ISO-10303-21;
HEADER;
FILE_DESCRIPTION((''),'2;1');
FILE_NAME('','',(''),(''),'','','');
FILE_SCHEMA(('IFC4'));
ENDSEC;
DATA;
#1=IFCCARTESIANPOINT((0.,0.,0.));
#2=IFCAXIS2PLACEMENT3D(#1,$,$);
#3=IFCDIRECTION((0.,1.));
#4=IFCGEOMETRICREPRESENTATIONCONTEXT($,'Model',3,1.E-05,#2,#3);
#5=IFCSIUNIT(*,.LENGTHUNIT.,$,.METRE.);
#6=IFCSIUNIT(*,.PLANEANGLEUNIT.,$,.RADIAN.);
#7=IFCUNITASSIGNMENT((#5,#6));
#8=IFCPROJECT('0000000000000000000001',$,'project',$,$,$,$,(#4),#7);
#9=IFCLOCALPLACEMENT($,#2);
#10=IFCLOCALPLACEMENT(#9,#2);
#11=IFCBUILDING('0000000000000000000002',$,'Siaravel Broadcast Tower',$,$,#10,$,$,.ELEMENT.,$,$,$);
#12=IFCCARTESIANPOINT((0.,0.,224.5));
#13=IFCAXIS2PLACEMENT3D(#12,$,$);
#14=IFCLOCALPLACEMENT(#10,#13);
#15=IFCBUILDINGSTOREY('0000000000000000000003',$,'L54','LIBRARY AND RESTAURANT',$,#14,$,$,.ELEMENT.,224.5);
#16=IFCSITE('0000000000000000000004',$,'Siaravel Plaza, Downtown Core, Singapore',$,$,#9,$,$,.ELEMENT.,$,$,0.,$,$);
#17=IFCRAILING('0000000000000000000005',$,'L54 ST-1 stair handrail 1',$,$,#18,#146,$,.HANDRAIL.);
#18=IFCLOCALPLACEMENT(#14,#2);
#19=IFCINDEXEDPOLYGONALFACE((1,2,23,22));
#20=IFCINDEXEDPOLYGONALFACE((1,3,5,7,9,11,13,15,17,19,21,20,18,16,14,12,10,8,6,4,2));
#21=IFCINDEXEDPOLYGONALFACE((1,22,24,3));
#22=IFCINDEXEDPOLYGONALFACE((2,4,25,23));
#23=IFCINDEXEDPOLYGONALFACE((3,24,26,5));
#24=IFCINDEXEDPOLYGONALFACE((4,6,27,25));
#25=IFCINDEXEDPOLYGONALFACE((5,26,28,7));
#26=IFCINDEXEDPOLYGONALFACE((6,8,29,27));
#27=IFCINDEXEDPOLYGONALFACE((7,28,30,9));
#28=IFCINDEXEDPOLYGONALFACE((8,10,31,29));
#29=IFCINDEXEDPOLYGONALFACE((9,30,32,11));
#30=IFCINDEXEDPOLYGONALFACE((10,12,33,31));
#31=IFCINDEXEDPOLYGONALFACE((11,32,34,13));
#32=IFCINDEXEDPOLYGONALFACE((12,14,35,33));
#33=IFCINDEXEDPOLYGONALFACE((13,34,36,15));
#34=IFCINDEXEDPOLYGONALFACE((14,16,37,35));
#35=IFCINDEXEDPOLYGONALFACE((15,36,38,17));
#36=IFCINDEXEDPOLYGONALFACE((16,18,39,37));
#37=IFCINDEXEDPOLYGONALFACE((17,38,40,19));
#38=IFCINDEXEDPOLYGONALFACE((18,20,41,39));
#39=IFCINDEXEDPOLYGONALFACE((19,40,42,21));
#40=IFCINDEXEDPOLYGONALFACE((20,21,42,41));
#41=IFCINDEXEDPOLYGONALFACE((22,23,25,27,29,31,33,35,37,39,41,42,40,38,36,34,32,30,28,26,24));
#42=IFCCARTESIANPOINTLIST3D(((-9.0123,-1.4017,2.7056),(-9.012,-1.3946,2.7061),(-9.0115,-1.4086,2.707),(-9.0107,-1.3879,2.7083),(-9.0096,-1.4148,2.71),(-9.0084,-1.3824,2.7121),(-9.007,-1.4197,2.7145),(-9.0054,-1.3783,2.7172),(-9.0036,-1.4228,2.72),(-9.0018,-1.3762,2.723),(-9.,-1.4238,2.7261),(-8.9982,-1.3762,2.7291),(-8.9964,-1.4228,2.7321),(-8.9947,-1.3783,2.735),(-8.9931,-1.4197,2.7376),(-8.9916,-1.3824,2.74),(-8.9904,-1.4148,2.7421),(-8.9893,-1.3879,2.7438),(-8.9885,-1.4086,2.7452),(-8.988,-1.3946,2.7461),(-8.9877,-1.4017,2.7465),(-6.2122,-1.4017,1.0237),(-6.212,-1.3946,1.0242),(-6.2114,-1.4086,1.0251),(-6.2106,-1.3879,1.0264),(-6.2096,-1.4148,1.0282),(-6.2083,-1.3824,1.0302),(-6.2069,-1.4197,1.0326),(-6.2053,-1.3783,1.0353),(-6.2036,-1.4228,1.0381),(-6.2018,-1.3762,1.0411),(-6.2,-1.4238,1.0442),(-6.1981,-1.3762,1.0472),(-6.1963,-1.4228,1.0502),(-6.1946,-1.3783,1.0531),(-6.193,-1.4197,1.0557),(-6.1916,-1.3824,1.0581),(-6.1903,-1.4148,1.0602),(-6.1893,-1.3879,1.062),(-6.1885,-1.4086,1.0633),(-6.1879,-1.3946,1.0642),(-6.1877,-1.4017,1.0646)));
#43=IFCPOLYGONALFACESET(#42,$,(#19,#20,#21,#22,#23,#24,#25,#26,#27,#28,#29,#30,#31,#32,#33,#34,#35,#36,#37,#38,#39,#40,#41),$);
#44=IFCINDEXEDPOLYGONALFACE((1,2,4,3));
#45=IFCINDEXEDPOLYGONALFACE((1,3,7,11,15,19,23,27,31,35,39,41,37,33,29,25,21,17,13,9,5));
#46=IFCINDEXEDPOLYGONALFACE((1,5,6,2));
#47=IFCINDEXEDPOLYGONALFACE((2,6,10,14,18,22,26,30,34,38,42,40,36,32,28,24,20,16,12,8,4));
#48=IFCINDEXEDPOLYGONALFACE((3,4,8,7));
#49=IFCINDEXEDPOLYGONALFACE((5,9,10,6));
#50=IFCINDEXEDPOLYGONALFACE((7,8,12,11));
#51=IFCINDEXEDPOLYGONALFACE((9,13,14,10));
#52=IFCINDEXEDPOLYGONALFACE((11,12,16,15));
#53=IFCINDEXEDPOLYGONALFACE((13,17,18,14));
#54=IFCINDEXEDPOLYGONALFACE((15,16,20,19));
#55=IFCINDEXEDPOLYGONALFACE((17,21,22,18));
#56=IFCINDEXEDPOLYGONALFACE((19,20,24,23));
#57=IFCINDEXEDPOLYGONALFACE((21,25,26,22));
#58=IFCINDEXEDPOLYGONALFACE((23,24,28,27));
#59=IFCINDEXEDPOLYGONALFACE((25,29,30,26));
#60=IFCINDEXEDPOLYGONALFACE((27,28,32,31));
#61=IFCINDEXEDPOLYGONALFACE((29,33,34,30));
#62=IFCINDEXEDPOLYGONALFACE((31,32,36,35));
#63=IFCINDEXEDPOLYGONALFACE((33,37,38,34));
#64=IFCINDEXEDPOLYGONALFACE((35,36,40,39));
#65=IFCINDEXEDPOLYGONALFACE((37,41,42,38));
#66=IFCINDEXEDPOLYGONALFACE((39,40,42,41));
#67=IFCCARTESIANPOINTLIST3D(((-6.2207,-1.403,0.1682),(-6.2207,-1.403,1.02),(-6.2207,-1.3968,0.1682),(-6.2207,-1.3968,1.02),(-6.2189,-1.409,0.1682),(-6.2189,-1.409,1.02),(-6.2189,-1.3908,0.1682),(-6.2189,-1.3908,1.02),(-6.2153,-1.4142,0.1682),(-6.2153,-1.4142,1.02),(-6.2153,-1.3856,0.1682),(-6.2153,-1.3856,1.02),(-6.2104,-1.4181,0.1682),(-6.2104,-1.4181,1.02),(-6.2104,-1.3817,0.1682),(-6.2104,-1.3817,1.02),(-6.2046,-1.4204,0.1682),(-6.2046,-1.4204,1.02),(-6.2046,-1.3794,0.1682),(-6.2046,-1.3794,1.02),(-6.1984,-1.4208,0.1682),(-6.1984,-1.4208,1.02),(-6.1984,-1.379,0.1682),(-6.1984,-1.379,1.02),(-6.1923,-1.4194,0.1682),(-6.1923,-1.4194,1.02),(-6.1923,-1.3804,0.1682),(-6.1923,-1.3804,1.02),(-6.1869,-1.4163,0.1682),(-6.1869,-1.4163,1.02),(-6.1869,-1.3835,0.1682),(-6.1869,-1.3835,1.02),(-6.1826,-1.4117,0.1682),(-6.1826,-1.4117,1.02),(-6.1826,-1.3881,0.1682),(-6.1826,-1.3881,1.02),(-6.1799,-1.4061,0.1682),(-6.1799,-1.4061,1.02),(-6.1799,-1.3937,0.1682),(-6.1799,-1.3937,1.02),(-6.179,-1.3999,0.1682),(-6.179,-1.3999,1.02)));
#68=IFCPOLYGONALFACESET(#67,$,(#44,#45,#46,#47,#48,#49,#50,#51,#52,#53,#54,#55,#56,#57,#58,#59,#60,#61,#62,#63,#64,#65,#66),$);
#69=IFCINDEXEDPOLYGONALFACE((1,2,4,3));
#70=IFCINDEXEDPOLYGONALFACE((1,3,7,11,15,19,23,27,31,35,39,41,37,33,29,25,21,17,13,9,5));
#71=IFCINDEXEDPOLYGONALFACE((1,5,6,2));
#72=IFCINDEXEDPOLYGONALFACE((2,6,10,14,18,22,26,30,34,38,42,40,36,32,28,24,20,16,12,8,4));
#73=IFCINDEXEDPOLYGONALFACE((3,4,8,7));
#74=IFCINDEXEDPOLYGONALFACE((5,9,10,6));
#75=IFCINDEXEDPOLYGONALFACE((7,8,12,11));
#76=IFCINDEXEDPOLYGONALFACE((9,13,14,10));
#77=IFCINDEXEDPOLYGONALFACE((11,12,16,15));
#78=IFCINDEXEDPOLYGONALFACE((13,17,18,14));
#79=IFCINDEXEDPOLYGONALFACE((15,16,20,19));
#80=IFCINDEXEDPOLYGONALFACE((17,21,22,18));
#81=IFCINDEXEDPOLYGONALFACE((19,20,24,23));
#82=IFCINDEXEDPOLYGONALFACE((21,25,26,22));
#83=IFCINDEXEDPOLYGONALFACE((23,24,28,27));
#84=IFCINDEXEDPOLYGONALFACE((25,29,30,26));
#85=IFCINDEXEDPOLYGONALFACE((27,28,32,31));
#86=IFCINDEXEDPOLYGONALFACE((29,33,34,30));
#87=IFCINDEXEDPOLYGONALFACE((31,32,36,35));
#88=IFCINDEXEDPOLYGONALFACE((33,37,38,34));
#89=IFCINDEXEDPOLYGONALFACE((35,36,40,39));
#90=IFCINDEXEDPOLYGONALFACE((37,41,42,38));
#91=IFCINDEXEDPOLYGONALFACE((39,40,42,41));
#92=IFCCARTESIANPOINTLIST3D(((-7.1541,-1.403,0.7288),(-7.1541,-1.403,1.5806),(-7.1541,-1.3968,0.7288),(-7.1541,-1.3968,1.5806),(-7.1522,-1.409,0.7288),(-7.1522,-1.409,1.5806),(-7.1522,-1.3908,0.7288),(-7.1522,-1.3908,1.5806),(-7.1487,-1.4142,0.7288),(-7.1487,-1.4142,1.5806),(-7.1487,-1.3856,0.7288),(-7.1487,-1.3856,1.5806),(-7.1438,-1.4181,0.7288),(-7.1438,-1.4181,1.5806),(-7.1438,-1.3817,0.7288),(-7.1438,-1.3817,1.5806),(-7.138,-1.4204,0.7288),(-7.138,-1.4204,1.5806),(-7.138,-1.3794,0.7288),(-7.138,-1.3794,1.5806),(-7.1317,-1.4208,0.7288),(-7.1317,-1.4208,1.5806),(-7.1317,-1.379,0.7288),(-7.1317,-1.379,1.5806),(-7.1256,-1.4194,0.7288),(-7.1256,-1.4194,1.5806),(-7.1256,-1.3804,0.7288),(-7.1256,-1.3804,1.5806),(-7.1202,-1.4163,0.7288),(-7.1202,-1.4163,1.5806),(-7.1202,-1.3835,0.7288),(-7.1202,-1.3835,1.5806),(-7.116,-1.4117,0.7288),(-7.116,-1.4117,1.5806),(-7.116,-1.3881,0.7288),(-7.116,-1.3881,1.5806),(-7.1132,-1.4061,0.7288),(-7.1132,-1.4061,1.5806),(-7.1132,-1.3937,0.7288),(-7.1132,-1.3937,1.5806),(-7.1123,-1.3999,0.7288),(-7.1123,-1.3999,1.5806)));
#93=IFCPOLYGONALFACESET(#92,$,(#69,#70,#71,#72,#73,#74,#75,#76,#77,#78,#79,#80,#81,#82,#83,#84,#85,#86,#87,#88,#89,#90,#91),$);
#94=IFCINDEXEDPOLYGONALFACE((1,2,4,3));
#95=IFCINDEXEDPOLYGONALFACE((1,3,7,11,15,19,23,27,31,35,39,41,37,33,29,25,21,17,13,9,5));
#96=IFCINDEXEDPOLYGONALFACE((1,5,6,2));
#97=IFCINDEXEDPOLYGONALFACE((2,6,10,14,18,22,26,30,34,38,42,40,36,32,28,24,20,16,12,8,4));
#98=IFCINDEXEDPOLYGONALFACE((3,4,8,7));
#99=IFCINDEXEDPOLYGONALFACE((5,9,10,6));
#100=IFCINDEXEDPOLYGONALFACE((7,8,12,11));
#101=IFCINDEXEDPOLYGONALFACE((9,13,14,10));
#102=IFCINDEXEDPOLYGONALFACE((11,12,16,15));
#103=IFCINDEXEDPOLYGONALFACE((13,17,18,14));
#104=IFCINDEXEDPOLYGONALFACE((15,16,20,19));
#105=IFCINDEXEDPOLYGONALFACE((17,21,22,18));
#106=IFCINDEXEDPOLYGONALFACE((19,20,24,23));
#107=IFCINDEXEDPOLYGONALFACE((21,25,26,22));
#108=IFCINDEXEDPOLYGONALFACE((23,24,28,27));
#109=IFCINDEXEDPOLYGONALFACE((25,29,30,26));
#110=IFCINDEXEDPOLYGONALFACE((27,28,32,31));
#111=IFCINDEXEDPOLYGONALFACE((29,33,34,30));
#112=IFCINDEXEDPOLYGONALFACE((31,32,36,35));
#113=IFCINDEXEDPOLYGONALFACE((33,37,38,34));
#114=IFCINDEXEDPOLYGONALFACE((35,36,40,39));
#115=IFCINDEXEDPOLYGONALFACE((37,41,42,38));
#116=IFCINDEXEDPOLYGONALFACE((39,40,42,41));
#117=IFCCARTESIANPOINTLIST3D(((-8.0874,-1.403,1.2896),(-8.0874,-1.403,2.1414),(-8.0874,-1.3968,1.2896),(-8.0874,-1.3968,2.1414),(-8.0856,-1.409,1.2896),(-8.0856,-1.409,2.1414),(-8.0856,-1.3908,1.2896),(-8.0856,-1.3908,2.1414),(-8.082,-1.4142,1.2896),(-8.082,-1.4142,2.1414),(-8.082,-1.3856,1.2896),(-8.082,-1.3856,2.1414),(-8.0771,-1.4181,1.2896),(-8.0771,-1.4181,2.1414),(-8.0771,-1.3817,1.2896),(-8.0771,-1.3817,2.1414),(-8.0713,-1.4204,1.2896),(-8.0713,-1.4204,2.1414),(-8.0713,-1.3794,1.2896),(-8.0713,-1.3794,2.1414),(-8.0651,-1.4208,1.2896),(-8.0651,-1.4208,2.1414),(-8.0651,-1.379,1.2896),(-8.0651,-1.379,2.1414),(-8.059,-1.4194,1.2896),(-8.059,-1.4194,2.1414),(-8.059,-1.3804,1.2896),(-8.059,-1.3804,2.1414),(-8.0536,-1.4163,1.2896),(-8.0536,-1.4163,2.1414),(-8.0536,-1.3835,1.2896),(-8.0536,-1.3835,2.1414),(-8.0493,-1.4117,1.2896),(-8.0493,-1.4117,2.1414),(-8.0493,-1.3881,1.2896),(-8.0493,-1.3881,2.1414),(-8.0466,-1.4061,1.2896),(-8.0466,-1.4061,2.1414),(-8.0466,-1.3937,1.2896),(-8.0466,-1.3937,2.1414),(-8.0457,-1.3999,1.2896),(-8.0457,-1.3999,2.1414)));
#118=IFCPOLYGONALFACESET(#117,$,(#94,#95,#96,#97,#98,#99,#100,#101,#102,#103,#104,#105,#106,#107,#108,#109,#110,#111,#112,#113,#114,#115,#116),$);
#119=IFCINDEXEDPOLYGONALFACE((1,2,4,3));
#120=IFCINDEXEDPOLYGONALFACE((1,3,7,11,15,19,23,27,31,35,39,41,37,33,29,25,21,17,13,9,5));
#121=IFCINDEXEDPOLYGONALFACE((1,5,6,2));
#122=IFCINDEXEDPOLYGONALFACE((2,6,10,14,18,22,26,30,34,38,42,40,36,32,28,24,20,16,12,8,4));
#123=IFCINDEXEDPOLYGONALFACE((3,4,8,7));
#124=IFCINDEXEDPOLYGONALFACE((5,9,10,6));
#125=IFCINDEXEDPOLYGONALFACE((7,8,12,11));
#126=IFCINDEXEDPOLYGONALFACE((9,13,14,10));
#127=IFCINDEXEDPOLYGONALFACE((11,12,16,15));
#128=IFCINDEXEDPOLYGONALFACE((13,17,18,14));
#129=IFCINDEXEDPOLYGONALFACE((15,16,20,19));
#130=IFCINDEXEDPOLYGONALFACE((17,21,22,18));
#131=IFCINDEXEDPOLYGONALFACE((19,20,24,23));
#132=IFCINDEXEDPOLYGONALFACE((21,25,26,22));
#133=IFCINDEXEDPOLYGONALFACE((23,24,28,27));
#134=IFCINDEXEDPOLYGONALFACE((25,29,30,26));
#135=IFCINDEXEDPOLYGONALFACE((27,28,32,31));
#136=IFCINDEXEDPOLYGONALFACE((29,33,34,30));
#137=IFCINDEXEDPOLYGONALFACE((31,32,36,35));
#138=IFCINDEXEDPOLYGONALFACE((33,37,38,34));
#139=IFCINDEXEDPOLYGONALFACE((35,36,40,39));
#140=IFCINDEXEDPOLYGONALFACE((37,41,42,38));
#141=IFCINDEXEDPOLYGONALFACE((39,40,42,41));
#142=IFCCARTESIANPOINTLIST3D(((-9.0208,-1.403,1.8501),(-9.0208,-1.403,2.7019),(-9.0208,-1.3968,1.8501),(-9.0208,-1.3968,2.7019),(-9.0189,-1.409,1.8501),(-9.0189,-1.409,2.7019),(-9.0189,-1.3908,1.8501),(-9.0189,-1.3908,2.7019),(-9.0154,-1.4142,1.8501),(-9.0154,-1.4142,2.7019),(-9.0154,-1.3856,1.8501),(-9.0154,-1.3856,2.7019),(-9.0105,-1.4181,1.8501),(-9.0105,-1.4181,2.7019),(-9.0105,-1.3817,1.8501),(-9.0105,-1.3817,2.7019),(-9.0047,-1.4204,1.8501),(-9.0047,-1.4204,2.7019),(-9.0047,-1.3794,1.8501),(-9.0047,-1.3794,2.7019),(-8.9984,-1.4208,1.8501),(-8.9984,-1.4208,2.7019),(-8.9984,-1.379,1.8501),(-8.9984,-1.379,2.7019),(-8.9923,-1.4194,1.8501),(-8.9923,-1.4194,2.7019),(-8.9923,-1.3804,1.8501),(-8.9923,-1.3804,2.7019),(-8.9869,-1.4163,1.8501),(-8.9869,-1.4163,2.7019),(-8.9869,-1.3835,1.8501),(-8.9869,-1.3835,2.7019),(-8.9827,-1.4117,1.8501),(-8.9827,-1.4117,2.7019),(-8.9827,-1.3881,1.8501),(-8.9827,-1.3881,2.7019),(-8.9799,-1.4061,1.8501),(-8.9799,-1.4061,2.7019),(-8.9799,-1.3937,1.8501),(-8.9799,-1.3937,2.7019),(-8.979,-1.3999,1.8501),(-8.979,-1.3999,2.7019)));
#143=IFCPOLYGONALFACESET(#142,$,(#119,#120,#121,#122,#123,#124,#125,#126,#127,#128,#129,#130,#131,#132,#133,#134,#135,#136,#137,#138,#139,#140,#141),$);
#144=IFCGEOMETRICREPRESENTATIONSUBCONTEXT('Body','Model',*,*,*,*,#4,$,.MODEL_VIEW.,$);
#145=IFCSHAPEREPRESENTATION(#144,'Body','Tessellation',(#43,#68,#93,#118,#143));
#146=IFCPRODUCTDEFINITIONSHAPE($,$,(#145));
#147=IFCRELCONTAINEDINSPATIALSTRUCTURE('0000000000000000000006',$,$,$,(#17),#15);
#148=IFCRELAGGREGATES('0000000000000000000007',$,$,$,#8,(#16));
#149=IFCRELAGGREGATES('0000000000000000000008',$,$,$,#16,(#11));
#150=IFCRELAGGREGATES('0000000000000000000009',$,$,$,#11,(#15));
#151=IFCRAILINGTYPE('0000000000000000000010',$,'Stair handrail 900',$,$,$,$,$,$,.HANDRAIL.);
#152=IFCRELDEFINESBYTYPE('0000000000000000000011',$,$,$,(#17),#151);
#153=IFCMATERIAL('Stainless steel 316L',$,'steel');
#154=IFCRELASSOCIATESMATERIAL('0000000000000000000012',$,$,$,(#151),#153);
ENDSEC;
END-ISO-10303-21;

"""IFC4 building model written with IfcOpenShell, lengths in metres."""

from ifc_helpers import new_model, si_unit, direction, frame, origin, origin_2d, place, context, subcontext, project, spatial, circle, extrude, material, type_object, element, save


model = new_model("IFC4")

# Units and contexts
model_context = context("Model", 3, precision=1e-05, world=origin(), true_north=direction((0.0, 1.0)))
body_context = subcontext(model_context, "Body", "Model", "MODEL_VIEW")
ifc_project = project(units=[si_unit("LENGTHUNIT", "METRE"), si_unit("PLANEANGLEUNIT", "RADIAN")], contexts=[model_context])

# Site, building, storey
site_placement = place(None, origin())
site = spatial("IfcSite", under=ifc_project, at=site_placement, Name="Siaravel Plaza, Downtown Core, Singapore", CompositionType="ELEMENT", RefElevation=0.0)
building_placement = place(site_placement, origin())
building = spatial("IfcBuilding", under=site, at=building_placement, Name="Siaravel Broadcast Tower", CompositionType="ELEMENT")
storey_placement = place(building_placement, frame((0.0, 0.0, 224.5)))
storey = spatial("IfcBuildingStorey", under=building, at=storey_placement, Name="L54", Description="LIBRARY AND RESTAURANT", CompositionType="ELEMENT", Elevation=224.5)

# Shared definitions
ifc_material_1 = material(Name="Stainless steel 316L", Category="steel")

# Railing
railing_type_1 = type_object("IfcRailingType", Name="Stair handrail 900", PredefinedType="HANDRAIL", material=ifc_material_1)
railing_1_placement = place(storey_placement, frame((-6.2, -1.3999, 0.1682)))
element("IfcRailing", 1, at=railing_1_placement, inside=storey, type_object=railing_type_1, Name="L54 ST-1 stair handrail 1", PredefinedType="HANDRAIL", context=body_context, shape_type="SweptSolid", body=[
    extrude(circle(Radius=0.0239, at=origin_2d()), frame((0.0, 0.0, 0.876), z_axis=(-0.857242, 0.0, 0.514913), x_axis=(0.0, -1.0, 0.0)), (0.0, 0.0, 1.0), 3.2664),
    extrude(circle(Radius=0.021, at=origin_2d()), origin(), (0.0, 0.0, 1.0), 0.8518),
    extrude(circle(Radius=0.021, at=origin_2d()), frame((-0.9333, 0.0, 0.5605)), (0.0, 0.0, 1.0), 0.8518),
    extrude(circle(Radius=0.021, at=origin_2d()), frame((-1.8667, 0.0, 1.1213)), (0.0, 0.0, 1.0), 0.8518),
    extrude(circle(Radius=0.021, at=origin_2d()), frame((-2.8, 0.0, 1.6819)), (0.0, 0.0, 1.0), 0.8518),
])

save(model, "model.ifc")
